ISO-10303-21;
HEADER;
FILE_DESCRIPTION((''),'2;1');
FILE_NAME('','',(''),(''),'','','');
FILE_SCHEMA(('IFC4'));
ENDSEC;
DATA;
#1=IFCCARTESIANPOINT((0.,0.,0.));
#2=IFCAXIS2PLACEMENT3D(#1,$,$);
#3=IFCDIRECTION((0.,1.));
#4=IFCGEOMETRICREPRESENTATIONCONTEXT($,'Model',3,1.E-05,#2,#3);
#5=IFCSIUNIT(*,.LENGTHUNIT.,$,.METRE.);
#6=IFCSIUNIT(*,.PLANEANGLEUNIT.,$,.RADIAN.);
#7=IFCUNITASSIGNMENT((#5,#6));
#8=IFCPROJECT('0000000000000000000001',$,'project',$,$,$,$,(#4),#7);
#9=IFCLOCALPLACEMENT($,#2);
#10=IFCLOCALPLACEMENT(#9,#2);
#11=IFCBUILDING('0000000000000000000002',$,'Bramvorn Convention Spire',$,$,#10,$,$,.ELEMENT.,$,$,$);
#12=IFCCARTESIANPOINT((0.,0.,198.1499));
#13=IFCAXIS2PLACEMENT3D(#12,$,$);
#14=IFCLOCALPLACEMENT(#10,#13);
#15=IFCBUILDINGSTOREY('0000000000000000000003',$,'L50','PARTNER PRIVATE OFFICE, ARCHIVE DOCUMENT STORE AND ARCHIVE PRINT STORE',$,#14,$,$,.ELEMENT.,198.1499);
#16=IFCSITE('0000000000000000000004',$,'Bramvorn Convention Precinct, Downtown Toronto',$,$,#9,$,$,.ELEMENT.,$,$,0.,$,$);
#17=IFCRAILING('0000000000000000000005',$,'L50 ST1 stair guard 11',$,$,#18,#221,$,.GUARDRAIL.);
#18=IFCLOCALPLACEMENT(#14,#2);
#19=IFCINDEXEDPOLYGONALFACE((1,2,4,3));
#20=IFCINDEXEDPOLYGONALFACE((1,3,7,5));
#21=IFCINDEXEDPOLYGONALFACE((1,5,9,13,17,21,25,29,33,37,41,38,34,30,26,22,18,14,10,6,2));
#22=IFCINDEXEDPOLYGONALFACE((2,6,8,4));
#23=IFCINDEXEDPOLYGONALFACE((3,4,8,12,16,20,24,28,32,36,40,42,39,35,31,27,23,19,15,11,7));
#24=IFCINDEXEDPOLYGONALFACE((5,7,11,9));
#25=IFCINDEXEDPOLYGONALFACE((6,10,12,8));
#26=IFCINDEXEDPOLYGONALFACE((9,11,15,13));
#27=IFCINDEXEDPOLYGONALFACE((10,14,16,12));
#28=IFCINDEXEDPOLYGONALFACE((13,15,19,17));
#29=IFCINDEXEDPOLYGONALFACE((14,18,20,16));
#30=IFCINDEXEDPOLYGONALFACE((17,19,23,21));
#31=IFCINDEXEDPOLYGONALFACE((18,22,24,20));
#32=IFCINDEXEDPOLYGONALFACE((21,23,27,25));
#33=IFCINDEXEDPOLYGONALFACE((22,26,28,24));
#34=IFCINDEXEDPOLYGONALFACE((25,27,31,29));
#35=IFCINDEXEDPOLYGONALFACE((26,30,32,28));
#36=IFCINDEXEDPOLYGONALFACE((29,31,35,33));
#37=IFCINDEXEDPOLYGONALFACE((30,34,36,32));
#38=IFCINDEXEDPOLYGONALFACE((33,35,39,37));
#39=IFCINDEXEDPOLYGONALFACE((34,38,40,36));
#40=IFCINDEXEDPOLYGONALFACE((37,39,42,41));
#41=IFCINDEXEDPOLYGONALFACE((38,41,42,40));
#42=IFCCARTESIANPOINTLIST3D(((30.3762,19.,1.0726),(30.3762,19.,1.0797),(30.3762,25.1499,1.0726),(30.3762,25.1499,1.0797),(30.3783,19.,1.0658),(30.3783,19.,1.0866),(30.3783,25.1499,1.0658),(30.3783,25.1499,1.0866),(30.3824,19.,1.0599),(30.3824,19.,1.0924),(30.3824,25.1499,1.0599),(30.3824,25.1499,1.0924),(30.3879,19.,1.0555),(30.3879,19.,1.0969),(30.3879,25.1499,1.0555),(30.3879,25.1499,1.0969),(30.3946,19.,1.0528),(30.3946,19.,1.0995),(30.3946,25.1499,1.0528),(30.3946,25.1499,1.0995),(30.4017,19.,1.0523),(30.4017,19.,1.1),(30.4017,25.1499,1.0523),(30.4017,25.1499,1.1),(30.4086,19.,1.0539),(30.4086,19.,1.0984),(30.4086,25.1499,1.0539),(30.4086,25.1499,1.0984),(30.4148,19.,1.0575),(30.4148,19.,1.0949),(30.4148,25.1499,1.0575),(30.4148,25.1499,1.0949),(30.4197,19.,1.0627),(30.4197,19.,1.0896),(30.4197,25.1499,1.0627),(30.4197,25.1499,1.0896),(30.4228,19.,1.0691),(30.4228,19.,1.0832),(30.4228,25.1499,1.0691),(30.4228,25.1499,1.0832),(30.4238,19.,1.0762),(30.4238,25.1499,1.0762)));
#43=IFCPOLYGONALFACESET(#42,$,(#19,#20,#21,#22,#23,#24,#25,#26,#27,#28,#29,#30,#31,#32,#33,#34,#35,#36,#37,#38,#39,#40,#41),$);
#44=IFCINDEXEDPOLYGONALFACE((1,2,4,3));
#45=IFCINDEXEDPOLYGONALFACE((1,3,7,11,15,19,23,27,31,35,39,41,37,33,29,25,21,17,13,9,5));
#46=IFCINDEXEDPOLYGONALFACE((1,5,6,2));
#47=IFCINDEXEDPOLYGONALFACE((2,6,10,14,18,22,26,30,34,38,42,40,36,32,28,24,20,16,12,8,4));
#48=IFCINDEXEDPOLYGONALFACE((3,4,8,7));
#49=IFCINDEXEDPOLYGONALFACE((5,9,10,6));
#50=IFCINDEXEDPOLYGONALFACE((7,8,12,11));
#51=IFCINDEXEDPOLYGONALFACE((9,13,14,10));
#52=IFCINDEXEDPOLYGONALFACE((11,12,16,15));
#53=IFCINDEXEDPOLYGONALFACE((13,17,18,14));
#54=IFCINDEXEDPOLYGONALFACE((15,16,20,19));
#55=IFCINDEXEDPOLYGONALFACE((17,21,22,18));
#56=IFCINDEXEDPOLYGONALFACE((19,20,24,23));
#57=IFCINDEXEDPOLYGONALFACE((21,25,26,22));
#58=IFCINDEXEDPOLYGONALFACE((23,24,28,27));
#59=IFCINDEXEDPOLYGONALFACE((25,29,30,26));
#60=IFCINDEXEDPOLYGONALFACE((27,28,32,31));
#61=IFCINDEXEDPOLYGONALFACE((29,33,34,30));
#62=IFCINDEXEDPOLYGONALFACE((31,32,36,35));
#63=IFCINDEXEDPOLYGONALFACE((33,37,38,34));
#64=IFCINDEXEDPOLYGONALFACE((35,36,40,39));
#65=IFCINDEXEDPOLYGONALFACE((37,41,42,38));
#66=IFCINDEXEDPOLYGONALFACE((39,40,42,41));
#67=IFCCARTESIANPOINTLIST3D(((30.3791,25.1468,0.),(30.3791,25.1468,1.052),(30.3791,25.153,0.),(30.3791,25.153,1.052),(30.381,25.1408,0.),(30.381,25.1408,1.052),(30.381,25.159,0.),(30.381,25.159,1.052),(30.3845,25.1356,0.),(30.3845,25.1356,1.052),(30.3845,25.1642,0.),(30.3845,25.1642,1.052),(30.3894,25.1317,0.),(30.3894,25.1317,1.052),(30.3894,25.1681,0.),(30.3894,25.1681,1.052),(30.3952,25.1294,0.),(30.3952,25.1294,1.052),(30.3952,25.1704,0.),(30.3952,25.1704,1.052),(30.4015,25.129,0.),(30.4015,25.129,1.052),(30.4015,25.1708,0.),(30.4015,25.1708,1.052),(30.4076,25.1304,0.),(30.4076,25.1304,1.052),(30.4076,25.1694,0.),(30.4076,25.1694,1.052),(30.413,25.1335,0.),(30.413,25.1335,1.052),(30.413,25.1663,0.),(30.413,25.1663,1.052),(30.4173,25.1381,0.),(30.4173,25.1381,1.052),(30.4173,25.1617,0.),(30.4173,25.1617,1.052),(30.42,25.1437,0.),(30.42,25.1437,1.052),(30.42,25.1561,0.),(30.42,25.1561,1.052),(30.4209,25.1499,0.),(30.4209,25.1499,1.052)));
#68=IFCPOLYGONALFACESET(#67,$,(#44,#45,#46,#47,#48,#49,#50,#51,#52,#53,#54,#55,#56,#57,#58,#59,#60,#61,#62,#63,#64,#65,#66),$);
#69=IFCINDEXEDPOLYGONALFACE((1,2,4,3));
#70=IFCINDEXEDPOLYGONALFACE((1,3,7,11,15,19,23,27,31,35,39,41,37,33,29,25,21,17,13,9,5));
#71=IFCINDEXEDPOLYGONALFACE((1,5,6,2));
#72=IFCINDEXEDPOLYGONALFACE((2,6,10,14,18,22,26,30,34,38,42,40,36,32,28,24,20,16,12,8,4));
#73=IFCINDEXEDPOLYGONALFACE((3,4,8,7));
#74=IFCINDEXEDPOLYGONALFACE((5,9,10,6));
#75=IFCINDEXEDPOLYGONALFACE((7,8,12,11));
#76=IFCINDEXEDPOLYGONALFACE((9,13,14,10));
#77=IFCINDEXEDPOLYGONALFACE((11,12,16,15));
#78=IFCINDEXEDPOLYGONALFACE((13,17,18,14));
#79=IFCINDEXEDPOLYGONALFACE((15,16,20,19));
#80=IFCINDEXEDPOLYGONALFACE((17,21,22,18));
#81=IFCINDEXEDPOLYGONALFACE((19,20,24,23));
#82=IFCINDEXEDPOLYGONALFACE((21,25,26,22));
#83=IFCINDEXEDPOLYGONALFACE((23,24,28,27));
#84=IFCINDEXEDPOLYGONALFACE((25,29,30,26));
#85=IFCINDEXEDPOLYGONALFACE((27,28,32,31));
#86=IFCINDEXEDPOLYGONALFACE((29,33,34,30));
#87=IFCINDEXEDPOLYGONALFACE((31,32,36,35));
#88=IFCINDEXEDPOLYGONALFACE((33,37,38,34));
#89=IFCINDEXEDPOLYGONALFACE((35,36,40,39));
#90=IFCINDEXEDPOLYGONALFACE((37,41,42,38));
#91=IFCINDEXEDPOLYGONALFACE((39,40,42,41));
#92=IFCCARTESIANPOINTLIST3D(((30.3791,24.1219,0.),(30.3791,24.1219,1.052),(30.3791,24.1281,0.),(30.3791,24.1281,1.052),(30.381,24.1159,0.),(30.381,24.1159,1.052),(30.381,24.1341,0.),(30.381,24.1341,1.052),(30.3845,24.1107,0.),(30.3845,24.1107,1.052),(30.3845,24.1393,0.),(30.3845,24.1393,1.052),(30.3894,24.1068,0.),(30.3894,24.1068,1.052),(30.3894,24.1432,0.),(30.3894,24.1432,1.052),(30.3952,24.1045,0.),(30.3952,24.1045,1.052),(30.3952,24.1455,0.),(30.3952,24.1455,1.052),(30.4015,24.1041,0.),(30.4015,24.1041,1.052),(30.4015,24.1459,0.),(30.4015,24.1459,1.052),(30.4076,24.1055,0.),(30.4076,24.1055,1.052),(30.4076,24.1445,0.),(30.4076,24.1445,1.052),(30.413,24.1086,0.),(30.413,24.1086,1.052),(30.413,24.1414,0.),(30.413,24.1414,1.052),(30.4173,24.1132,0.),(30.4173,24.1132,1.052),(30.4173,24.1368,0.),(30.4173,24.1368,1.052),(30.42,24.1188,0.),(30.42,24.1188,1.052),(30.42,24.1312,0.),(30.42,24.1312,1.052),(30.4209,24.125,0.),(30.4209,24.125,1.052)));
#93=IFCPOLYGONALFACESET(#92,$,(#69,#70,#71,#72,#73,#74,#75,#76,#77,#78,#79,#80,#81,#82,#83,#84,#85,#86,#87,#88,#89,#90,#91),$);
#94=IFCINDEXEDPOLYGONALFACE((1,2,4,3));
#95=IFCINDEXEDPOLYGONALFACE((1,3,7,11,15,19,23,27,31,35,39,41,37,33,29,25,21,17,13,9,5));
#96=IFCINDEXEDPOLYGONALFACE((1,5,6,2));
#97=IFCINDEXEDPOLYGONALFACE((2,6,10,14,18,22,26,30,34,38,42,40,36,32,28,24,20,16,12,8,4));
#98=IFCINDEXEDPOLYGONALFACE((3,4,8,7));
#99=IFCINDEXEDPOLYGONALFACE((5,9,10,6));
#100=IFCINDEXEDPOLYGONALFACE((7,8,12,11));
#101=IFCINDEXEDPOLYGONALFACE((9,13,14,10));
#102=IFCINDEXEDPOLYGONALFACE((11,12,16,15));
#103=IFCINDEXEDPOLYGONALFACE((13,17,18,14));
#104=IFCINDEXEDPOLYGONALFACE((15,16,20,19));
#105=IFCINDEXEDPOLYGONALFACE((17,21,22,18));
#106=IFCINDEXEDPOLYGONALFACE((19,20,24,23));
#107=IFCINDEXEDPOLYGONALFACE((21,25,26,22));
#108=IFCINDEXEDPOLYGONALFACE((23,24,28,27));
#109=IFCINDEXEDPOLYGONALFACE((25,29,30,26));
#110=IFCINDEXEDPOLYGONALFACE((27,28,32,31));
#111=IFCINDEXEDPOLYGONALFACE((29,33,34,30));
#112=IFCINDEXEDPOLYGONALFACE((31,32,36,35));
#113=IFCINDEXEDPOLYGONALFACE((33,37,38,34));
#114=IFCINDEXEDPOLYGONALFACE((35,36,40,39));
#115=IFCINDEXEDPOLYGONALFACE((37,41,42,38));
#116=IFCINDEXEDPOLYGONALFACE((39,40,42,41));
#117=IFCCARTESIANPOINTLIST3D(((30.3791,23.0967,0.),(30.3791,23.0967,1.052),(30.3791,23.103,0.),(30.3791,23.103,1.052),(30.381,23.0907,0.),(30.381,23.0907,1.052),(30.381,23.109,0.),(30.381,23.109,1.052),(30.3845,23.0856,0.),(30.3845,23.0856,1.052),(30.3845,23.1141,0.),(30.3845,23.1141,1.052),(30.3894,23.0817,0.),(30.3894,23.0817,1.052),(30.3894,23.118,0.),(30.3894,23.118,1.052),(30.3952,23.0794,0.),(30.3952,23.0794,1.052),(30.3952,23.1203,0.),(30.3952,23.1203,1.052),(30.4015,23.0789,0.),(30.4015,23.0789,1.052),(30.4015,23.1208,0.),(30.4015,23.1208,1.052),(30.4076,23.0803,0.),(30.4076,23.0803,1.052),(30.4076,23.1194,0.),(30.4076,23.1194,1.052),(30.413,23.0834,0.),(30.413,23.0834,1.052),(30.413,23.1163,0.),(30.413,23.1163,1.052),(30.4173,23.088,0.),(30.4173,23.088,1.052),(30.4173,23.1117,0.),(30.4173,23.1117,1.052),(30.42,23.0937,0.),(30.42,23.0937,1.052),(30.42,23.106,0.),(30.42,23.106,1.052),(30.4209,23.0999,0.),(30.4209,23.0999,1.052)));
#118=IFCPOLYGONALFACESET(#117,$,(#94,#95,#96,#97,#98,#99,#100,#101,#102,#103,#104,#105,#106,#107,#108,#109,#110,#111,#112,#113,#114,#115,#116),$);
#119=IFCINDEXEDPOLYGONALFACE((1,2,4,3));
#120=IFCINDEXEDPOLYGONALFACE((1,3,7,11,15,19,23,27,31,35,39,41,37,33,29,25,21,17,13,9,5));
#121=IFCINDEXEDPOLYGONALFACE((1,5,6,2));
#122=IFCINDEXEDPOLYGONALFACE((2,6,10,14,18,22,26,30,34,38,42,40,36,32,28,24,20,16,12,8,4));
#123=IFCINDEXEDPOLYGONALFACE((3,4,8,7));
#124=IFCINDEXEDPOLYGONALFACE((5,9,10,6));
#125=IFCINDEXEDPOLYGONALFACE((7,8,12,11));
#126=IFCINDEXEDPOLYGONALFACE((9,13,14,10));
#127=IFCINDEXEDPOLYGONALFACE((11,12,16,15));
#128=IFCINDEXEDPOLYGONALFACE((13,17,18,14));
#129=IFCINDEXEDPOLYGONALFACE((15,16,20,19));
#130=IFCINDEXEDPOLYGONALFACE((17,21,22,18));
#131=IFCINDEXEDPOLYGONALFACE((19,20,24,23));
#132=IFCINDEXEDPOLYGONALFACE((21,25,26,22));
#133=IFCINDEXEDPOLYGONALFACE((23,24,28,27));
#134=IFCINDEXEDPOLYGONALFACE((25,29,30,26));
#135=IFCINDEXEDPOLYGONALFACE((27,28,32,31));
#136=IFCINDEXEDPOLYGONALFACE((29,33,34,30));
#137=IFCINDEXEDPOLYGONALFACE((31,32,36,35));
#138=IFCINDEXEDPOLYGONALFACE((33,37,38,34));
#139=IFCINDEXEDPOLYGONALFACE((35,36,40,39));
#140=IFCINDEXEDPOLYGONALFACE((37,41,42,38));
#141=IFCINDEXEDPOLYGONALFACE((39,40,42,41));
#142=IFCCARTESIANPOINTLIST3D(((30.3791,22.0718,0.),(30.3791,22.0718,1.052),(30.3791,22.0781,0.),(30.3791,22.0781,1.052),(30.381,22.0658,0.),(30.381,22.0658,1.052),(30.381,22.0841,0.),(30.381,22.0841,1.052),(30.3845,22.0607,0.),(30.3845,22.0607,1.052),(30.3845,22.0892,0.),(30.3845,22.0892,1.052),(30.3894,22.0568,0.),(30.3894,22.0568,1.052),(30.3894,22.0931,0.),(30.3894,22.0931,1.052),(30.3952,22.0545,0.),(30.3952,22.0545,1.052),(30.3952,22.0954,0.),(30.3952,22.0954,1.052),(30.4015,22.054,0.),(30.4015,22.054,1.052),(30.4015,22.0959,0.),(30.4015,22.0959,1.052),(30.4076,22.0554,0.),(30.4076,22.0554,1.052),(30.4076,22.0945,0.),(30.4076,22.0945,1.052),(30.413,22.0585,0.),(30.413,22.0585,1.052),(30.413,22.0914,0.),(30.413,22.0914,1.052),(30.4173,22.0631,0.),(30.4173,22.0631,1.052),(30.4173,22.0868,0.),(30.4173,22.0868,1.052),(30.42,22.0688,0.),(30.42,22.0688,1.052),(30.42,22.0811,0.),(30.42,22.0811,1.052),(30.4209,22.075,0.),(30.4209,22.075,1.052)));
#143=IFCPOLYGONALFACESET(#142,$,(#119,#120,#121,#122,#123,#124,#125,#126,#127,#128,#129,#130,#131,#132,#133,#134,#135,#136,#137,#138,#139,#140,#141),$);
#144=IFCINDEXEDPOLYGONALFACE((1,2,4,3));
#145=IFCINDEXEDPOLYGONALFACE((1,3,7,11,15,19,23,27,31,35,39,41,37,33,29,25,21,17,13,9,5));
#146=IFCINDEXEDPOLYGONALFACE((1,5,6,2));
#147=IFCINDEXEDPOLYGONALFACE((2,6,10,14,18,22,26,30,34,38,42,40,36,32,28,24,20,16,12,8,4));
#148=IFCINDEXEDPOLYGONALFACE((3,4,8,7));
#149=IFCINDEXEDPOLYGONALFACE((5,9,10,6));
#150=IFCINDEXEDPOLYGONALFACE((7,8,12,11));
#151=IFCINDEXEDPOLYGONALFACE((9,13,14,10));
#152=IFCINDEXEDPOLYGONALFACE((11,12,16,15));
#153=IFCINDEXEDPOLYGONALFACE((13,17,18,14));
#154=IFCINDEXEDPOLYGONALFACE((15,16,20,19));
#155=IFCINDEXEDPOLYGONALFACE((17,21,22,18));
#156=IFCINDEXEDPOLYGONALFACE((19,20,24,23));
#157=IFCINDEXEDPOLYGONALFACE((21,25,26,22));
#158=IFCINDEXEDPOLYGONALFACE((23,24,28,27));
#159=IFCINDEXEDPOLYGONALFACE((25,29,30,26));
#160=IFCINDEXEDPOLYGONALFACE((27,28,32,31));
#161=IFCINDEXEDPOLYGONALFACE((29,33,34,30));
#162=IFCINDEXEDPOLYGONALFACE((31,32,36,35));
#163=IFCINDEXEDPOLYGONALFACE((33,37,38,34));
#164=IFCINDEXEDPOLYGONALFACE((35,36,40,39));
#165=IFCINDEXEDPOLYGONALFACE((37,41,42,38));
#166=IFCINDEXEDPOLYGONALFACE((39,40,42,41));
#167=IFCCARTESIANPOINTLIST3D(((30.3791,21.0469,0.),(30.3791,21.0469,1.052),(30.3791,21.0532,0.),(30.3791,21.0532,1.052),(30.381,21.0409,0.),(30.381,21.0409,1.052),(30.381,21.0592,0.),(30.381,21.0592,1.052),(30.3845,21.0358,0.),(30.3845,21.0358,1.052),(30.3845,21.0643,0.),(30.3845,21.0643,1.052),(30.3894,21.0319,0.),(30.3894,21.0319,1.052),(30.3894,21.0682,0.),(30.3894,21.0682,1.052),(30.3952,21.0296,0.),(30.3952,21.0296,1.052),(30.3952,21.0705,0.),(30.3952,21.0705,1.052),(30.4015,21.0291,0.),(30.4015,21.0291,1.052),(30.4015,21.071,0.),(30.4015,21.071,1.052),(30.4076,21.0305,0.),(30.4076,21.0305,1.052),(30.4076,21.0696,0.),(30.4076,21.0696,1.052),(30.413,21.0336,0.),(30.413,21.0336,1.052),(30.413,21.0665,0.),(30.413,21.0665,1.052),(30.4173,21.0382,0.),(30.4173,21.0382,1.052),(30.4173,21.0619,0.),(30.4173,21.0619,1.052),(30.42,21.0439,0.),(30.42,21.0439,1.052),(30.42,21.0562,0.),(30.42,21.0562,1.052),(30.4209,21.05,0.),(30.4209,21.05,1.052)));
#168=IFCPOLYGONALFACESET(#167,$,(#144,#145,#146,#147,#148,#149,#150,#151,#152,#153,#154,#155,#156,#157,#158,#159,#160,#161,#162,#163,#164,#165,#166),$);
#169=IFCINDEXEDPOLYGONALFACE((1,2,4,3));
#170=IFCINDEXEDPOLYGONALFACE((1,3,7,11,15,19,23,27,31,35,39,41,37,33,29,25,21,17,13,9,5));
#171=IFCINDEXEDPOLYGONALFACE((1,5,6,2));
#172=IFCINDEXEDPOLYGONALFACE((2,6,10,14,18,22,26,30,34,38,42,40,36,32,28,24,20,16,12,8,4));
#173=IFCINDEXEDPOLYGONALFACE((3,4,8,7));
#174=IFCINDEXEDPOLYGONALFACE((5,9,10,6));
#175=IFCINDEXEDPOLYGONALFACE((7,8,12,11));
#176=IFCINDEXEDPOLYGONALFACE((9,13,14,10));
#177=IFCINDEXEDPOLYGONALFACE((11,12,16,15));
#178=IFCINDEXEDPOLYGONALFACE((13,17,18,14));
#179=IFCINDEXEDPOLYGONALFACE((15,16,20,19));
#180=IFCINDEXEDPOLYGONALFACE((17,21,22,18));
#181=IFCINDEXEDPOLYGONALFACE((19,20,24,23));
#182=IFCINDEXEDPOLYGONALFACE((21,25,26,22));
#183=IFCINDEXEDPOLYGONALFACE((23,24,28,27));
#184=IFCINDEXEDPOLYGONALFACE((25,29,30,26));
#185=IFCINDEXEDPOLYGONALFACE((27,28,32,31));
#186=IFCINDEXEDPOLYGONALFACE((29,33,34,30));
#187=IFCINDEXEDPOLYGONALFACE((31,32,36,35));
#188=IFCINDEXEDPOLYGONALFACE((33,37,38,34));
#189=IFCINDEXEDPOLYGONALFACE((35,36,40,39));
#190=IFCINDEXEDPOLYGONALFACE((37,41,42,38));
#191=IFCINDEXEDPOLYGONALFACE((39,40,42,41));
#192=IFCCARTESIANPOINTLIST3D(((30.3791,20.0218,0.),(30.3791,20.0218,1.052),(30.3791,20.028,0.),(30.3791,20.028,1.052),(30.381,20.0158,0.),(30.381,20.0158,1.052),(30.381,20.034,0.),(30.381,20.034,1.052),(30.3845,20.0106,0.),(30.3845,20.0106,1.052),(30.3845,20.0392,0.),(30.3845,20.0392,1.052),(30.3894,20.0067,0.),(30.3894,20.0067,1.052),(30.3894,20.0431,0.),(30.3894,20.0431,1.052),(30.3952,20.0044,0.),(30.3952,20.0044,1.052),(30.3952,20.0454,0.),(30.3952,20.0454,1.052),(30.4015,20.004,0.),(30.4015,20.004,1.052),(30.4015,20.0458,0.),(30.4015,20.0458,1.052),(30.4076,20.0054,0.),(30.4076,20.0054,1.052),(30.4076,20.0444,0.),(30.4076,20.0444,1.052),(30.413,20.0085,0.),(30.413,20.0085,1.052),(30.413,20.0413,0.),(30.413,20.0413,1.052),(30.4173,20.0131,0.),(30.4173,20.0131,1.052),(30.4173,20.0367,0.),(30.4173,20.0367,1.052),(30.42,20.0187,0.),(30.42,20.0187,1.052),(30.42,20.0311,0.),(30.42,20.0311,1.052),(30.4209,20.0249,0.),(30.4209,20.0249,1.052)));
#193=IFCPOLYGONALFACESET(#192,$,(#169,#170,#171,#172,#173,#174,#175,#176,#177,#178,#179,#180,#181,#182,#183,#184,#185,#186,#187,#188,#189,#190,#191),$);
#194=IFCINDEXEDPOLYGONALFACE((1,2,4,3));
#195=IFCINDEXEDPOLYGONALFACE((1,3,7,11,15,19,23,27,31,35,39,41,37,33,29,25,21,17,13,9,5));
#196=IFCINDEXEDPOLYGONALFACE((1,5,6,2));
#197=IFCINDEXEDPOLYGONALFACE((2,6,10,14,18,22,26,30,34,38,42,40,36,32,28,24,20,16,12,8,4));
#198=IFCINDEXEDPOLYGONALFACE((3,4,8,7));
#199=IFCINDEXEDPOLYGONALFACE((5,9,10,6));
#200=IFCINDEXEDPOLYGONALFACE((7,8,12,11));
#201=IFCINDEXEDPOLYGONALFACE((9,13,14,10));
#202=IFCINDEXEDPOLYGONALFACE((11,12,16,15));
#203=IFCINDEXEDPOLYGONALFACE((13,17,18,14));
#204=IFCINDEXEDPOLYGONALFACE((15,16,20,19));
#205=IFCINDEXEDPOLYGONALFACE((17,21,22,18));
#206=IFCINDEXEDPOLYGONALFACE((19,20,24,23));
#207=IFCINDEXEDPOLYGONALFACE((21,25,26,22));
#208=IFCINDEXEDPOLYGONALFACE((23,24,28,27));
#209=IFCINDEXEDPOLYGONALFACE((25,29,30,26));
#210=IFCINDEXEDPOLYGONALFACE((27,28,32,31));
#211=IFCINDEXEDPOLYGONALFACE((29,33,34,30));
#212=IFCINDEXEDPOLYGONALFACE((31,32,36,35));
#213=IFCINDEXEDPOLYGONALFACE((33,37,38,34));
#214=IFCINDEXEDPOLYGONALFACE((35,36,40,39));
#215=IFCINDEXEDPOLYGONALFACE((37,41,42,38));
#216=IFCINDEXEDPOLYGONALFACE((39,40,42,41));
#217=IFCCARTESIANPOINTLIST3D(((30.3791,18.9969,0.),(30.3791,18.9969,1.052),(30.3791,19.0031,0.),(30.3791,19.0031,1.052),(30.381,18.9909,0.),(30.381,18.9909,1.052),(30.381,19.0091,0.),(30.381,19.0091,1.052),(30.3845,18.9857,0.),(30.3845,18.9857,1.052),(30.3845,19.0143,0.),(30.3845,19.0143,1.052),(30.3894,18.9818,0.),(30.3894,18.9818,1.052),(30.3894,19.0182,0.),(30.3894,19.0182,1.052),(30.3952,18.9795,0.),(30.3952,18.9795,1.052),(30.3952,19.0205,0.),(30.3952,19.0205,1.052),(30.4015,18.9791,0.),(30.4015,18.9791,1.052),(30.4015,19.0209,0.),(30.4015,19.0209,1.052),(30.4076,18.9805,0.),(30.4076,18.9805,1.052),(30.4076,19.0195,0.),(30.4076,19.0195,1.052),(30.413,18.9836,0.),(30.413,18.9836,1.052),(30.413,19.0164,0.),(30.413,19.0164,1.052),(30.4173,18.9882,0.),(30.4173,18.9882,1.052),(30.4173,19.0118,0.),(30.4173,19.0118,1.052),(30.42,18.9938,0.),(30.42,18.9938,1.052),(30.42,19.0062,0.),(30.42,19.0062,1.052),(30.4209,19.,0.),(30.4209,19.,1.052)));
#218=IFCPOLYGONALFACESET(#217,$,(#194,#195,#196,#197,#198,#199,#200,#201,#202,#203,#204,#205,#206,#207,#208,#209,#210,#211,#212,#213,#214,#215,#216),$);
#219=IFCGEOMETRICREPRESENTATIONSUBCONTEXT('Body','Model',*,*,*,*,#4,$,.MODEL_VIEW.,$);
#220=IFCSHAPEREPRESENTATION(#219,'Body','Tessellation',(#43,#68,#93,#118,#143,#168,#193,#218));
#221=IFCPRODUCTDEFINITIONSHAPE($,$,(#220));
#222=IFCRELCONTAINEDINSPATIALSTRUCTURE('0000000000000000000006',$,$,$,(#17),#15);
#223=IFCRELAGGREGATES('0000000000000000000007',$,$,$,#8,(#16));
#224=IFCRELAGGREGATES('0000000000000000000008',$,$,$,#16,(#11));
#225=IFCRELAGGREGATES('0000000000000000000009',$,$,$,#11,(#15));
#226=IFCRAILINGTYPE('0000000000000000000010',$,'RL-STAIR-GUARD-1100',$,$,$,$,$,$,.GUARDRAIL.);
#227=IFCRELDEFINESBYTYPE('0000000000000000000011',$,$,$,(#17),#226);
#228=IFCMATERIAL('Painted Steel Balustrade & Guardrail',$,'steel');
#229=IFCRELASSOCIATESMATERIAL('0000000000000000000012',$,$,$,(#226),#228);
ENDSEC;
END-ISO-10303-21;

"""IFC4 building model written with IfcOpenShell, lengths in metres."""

from ifc_helpers import new_model, si_unit, direction, frame, origin, origin_2d, place, context, subcontext, project, spatial, circle, extrude, material, type_object, element, save


model = new_model("IFC4")

# Units and contexts
model_context = context("Model", 3, precision=1e-05, world=origin(), true_north=direction((0.0, 1.0)))
body_context = subcontext(model_context, "Body", "Model", "MODEL_VIEW")
ifc_project = project(units=[si_unit("LENGTHUNIT", "METRE"), si_unit("PLANEANGLEUNIT", "RADIAN")], contexts=[model_context])

# Site, building, storey
site_placement = place(None, origin())
site = spatial("IfcSite", under=ifc_project, at=site_placement, Name="Bramvorn Convention Precinct, Downtown Toronto", CompositionType="ELEMENT", RefElevation=0.0)
building_placement = place(site_placement, origin())
building = spatial("IfcBuilding", under=site, at=building_placement, Name="Bramvorn Convention Spire", CompositionType="ELEMENT")
storey_placement = place(building_placement, frame((0.0, 0.0, 198.1499)))
storey = spatial("IfcBuildingStorey", under=building, at=storey_placement, Name="L50", Description="PARTNER PRIVATE OFFICE, ARCHIVE DOCUMENT STORE AND ARCHIVE PRINT STORE", CompositionType="ELEMENT", Elevation=198.1499)

# Railing
ifc_material_1 = material(Name="Painted Steel Balustrade & Guardrail", Category="steel")
railing_type_1 = type_object("IfcRailingType", Name="RL-STAIR-GUARD-1100", PredefinedType="GUARDRAIL", material=ifc_material_1)
railing_1_placement = place(storey_placement, frame((30.3999, 25.1499, 0.0)))
element("IfcRailing", 1, at=railing_1_placement, inside=storey, type_object=railing_type_1, Name="L50 ST1 stair guard 11", PredefinedType="GUARDRAIL", context=body_context, shape_type="SweptSolid", body=[
    extrude(circle(Radius=0.0239, at=origin_2d()), frame((0.0, 0.0, 1.0762), z_axis=(0.0, -1.0, 0.0), x_axis=(1.0, 0.0, 0.0)), (0.0, 0.0, 1.0), 6.1499),
    extrude(circle(Radius=0.021, at=origin_2d()), origin(), (0.0, 0.0, 1.0), 1.052),
    extrude(circle(Radius=0.021, at=origin_2d()), frame((0.0, -1.0249, 0.0)), (0.0, 0.0, 1.0), 1.052),
    extrude(circle(Radius=0.021, at=origin_2d()), frame((0.0, -2.05, 0.0)), (0.0, 0.0, 1.0), 1.052),
    extrude(circle(Radius=0.021, at=origin_2d()), frame((0.0, -3.075, 0.0)), (0.0, 0.0, 1.0), 1.052),
    extrude(circle(Radius=0.021, at=origin_2d()), frame((0.0, -4.0999, 0.0)), (0.0, 0.0, 1.0), 1.052),
    extrude(circle(Radius=0.021, at=origin_2d()), frame((0.0, -5.125, 0.0)), (0.0, 0.0, 1.0), 1.052),
    extrude(circle(Radius=0.021, at=origin_2d()), frame((0.0, -6.1499, 0.0)), (0.0, 0.0, 1.0), 1.052),
])

save(model, "model.ifc")
